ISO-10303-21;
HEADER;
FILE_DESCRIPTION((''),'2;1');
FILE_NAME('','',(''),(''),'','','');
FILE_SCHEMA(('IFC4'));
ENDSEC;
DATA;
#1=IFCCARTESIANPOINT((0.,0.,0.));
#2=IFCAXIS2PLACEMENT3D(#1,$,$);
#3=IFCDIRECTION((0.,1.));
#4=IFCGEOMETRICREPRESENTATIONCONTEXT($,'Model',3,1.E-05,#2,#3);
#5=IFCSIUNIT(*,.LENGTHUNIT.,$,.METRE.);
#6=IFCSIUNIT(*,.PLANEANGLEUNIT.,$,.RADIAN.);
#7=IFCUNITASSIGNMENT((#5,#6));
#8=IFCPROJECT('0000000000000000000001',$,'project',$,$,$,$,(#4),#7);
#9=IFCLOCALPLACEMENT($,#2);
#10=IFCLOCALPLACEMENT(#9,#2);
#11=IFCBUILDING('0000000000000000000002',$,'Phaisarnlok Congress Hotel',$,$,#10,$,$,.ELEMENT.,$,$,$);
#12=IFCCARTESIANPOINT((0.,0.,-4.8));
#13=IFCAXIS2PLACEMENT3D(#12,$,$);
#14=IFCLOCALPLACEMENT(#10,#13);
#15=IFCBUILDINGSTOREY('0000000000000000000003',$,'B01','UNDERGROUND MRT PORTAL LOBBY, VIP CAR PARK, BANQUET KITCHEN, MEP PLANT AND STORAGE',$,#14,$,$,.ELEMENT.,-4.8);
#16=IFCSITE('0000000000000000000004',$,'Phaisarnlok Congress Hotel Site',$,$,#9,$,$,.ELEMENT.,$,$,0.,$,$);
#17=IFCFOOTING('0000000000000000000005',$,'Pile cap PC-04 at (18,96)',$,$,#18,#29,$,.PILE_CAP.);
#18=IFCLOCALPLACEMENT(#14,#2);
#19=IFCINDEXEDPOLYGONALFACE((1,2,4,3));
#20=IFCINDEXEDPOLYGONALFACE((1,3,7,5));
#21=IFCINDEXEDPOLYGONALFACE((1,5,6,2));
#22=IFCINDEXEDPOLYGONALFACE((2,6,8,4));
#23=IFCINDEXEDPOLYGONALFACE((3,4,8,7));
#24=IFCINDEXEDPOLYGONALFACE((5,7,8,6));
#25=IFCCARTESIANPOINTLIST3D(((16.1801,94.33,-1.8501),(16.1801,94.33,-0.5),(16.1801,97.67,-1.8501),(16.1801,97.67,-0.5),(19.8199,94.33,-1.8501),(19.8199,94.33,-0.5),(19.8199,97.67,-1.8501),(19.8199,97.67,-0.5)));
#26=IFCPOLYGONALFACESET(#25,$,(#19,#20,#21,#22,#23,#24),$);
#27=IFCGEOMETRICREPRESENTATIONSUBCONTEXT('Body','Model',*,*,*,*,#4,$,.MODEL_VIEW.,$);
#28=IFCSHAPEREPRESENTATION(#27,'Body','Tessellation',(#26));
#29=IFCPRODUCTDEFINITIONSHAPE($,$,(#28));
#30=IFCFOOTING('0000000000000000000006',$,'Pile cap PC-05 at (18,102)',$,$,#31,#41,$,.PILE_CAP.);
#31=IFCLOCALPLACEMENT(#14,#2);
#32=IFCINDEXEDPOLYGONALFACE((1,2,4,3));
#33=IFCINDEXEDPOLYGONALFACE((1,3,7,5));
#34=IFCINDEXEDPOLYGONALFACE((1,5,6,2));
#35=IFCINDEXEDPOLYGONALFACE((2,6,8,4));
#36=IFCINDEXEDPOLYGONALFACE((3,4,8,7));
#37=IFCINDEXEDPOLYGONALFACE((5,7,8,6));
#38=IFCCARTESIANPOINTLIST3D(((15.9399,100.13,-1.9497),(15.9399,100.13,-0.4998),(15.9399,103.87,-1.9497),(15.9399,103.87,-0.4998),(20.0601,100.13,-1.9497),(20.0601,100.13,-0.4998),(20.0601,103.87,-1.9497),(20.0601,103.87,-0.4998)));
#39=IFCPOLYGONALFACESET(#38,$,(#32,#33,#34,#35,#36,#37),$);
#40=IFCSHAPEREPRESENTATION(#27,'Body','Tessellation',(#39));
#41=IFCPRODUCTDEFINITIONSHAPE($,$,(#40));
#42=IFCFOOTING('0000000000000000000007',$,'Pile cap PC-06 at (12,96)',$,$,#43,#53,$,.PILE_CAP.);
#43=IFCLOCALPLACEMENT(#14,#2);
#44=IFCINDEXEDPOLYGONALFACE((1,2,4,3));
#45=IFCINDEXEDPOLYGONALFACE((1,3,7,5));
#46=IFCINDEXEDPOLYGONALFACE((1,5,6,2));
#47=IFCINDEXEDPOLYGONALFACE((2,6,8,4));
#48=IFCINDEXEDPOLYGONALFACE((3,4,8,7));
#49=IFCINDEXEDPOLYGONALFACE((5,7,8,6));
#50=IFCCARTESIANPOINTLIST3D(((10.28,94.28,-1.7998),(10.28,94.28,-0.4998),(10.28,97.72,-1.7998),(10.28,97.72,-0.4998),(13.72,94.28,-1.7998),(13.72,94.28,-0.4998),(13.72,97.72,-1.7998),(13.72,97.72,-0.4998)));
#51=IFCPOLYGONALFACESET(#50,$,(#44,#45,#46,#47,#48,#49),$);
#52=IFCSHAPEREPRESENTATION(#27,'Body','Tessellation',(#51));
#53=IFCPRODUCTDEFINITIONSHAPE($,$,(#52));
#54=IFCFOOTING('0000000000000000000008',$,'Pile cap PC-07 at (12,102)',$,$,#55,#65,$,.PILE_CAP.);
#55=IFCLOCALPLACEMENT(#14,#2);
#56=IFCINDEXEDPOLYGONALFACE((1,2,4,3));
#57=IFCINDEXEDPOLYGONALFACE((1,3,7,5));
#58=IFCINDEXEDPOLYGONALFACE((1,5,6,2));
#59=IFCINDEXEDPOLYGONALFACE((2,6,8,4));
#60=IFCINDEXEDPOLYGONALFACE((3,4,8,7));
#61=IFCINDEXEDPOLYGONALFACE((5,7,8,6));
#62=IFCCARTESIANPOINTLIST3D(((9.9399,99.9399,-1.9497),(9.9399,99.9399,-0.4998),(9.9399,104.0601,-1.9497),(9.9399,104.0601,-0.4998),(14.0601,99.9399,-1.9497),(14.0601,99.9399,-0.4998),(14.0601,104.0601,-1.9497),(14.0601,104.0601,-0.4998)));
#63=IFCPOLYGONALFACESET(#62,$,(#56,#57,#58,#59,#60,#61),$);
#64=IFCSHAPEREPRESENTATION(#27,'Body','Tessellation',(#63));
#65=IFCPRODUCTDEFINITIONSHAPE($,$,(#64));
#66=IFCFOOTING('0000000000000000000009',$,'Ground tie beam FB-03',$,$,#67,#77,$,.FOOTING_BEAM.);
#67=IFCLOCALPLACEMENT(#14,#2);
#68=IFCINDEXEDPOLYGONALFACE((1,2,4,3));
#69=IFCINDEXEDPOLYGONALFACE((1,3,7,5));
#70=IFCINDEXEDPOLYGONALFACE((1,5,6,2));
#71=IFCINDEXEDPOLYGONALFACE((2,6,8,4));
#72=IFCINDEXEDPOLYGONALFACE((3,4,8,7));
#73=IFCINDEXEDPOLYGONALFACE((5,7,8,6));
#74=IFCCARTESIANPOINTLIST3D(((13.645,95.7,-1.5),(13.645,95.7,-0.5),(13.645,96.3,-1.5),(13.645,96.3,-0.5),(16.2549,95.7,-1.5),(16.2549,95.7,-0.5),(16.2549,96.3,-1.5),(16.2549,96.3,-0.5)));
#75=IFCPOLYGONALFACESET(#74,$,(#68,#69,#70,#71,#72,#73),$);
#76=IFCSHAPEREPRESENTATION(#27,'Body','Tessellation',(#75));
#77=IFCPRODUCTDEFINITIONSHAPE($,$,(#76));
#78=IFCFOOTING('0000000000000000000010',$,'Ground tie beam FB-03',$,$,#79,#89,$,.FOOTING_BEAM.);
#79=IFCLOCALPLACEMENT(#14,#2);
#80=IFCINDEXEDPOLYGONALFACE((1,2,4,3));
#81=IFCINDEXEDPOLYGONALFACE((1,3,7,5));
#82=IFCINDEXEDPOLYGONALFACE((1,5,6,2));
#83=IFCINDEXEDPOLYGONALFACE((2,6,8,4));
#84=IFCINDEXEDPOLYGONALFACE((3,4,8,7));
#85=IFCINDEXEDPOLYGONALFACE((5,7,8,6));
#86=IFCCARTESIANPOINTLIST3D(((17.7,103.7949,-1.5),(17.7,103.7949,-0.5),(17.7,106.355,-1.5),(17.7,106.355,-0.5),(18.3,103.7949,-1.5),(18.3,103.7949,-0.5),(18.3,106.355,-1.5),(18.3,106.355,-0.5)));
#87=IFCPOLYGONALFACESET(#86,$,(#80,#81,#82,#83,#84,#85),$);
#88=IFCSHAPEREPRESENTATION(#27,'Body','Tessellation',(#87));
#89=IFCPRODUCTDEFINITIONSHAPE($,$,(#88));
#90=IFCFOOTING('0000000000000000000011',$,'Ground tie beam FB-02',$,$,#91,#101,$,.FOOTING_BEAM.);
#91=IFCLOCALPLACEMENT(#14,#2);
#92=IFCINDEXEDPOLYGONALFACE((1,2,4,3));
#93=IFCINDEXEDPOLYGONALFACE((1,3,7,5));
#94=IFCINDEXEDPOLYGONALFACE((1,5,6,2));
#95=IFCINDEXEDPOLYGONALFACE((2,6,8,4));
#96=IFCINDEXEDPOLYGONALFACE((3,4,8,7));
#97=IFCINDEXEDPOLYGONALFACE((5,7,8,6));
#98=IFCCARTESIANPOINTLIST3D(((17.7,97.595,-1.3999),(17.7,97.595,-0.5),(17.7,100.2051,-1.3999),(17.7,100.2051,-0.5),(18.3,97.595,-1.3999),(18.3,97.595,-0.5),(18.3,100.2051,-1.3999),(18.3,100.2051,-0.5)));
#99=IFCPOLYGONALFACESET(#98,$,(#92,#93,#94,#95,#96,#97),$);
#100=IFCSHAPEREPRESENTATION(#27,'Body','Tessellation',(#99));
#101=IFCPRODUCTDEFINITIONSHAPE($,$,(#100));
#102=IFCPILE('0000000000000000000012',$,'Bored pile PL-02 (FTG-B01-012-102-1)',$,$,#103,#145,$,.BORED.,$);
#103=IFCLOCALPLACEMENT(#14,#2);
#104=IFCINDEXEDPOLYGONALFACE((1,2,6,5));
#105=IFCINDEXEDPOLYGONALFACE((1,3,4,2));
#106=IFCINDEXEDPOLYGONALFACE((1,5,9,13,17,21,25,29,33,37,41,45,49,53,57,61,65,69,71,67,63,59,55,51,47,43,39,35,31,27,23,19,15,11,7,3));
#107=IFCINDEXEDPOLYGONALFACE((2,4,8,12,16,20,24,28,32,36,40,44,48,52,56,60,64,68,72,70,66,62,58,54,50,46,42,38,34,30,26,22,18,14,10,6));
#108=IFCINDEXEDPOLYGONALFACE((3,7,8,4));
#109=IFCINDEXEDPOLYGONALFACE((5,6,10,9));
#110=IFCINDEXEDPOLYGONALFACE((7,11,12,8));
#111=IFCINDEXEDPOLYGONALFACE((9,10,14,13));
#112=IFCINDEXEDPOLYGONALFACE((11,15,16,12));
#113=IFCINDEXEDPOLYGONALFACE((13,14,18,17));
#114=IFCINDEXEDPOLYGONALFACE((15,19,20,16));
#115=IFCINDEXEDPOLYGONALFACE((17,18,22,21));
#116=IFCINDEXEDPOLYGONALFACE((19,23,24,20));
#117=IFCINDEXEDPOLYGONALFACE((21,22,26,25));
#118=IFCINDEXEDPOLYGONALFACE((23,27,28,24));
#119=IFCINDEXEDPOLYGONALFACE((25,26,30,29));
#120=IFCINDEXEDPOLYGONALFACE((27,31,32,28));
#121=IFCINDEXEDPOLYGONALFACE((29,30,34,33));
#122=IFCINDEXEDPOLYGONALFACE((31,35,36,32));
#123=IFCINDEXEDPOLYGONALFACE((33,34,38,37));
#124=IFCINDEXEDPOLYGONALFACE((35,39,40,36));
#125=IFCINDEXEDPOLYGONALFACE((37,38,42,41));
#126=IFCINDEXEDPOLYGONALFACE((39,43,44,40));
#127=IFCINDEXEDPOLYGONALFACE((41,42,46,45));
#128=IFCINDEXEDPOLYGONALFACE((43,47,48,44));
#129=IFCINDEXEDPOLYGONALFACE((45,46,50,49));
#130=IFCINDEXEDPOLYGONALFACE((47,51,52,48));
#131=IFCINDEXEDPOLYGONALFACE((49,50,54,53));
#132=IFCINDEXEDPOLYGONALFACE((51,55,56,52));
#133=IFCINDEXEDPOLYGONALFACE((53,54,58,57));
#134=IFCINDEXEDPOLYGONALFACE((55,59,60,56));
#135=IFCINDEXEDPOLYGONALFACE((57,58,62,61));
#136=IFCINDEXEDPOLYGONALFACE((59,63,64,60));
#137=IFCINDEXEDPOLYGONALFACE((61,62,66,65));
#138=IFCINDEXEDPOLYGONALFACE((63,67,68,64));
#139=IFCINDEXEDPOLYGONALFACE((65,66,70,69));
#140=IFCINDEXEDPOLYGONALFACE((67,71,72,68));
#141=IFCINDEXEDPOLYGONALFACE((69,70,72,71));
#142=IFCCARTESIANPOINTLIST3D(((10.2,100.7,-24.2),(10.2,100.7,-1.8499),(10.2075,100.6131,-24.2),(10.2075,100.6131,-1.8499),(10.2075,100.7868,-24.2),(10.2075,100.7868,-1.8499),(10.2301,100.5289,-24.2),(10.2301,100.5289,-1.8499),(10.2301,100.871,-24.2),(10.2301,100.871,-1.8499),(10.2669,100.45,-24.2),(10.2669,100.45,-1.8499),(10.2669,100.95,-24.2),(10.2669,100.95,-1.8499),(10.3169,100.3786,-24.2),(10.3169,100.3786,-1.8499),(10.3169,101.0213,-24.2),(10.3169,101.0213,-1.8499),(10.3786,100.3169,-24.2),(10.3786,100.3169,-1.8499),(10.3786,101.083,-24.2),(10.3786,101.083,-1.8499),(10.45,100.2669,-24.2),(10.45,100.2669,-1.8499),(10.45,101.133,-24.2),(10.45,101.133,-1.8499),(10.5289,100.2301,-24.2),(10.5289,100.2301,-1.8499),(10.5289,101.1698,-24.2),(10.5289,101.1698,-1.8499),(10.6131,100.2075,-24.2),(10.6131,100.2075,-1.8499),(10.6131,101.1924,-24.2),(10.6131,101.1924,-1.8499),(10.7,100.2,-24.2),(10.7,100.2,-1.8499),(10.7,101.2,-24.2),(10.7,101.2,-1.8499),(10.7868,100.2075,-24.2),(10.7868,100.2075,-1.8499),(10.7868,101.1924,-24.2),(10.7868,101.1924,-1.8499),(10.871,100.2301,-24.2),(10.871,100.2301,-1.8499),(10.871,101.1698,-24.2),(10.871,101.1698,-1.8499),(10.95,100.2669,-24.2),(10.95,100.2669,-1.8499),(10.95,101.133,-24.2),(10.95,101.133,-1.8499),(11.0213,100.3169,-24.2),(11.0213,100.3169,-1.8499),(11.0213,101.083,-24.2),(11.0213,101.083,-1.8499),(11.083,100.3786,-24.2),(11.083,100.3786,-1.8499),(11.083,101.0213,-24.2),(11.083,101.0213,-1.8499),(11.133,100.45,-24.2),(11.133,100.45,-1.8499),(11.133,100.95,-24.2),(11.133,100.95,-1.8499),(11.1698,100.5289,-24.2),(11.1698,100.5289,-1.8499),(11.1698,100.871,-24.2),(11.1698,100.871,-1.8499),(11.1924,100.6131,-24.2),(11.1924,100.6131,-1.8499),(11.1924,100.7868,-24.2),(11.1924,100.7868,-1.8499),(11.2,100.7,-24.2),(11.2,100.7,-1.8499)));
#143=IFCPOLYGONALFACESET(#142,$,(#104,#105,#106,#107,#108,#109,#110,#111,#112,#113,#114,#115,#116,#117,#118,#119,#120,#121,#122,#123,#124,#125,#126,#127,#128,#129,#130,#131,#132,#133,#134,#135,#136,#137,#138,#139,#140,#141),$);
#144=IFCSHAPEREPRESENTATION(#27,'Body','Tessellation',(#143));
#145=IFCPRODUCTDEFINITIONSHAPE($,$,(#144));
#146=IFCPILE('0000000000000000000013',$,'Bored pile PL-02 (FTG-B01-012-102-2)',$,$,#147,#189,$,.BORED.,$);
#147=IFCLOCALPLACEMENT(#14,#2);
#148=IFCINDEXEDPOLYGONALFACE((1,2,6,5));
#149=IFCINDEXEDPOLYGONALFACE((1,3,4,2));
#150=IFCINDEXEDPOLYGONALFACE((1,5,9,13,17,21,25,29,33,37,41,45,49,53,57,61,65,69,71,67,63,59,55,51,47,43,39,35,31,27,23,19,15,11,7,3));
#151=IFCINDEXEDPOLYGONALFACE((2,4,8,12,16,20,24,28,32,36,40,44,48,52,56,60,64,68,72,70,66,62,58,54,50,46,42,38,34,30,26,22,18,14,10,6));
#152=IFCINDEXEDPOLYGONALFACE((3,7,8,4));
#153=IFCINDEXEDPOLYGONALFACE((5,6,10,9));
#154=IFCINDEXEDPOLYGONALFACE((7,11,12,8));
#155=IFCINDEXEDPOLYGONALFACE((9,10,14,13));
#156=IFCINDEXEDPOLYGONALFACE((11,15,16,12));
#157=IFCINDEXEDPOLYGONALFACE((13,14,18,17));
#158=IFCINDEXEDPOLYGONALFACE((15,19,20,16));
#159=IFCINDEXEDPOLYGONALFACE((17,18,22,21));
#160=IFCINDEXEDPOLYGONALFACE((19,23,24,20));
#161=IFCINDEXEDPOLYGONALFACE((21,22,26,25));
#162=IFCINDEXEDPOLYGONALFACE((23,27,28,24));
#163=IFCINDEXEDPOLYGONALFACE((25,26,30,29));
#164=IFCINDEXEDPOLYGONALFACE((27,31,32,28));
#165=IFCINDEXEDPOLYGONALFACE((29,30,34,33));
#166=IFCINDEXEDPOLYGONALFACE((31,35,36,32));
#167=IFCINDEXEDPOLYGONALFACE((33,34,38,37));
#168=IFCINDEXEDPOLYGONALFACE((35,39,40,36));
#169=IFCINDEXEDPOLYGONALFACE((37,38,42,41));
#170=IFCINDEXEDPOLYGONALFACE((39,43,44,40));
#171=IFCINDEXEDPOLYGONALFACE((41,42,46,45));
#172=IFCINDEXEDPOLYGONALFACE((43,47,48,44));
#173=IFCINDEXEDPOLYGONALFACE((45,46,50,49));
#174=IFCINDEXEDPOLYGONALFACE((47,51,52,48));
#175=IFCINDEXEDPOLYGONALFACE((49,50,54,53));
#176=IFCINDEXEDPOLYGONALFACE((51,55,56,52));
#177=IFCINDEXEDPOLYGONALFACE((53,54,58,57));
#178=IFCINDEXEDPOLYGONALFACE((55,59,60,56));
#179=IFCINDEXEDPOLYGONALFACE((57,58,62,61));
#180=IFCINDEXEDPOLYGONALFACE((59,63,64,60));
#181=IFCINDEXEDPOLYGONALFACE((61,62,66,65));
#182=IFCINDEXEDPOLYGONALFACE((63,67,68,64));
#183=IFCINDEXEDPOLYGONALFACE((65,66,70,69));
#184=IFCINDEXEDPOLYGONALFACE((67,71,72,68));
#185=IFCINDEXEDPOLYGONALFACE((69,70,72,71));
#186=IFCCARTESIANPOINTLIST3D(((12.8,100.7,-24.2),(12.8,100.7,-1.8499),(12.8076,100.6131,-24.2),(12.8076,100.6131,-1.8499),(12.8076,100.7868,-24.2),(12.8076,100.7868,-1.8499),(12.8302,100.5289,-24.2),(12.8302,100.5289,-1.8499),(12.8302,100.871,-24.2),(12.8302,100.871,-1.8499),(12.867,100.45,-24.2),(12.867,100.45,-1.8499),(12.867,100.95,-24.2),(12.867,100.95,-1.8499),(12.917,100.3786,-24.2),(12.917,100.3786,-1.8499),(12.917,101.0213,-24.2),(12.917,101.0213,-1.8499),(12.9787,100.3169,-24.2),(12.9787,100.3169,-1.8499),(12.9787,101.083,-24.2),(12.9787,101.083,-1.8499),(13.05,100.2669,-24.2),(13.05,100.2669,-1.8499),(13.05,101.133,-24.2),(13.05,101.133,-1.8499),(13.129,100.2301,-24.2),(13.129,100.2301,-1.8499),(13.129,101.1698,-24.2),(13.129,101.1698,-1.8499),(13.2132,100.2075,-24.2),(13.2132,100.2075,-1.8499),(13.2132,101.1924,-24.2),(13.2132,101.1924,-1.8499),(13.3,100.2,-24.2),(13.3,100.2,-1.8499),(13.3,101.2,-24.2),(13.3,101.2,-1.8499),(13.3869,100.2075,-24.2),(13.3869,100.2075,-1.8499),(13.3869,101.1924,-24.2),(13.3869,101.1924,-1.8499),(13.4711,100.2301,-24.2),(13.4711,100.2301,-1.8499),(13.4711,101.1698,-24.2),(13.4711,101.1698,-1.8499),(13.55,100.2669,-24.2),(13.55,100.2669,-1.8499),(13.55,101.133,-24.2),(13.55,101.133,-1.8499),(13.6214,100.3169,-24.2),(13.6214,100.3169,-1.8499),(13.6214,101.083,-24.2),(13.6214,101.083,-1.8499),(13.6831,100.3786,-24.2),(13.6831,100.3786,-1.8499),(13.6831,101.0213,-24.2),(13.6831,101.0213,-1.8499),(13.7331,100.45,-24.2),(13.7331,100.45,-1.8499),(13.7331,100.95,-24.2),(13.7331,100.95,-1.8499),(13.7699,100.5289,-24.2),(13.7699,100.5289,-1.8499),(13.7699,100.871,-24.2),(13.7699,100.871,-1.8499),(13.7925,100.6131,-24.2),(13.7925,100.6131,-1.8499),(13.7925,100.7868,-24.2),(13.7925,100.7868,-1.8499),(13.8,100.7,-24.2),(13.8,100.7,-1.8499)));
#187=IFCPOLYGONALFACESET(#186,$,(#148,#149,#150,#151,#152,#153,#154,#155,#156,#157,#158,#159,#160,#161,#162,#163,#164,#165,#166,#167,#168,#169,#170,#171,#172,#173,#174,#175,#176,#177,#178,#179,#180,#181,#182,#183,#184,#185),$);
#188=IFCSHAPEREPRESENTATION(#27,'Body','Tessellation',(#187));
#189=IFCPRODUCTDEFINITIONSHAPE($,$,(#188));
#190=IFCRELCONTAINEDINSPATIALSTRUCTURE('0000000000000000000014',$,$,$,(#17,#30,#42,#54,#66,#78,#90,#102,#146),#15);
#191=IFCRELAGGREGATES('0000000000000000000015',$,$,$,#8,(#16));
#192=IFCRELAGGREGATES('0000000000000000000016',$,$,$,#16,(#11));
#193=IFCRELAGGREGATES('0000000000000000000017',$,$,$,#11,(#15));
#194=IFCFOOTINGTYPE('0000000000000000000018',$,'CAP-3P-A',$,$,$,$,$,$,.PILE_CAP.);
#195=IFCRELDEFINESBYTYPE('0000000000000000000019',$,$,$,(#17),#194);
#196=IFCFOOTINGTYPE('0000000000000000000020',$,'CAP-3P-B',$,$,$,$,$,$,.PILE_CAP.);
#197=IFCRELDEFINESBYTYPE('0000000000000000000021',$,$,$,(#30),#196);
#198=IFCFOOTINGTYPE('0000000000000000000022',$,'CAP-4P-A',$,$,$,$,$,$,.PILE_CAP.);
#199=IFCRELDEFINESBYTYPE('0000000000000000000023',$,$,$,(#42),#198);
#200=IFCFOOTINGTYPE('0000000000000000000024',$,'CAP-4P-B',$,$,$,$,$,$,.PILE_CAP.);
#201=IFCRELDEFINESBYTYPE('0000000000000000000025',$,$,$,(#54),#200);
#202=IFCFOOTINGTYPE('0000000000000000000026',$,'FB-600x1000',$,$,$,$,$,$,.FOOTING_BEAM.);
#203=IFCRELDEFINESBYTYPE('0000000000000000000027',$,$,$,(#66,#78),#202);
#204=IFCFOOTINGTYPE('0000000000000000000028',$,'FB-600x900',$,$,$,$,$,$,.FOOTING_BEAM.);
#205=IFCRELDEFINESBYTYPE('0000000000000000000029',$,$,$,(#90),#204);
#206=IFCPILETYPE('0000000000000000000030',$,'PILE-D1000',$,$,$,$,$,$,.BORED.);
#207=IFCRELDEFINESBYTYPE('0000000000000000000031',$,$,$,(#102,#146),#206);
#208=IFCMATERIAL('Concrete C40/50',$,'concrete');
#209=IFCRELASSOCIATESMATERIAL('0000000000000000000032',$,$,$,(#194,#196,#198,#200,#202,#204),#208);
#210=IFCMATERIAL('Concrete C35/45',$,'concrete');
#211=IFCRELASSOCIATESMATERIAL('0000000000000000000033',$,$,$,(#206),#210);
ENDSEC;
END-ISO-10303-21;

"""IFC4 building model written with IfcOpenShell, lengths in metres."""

from ifc_helpers import new_model, si_unit, direction, frame, origin, origin_2d, place, context, subcontext, project, spatial, rectangle, circle, extrude, material, material_profile, profile_set, type_object, element, save


model = new_model("IFC4")

# Units and contexts
model_context = context("Model", 3, precision=1e-05, world=origin(), true_north=direction((0.0, 1.0)))
body_context = subcontext(model_context, "Body", "Model", "MODEL_VIEW")
ifc_project = project(units=[si_unit("LENGTHUNIT", "METRE"), si_unit("PLANEANGLEUNIT", "RADIAN")], contexts=[model_context])

# Site, building, storey
site_placement = place(None, origin())
site = spatial("IfcSite", under=ifc_project, at=site_placement, Name="Phaisarnlok Congress Hotel Site", CompositionType="ELEMENT", RefElevation=0.0)
building_placement = place(site_placement, origin())
building = spatial("IfcBuilding", under=site, at=building_placement, Name="Phaisarnlok Congress Hotel", CompositionType="ELEMENT")
storey_placement = place(building_placement, frame((0.0, 0.0, -4.8)))
storey = spatial("IfcBuildingStorey", under=building, at=storey_placement, Name="B01", Description="UNDERGROUND MRT PORTAL LOBBY, VIP CAR PARK, BANQUET KITCHEN, MEP PLANT AND STORAGE", CompositionType="ELEMENT", Elevation=-4.8)

# Footings
ifc_material_1 = material(Name="Concrete C40/50", Category="concrete")
footing_type_1 = type_object("IfcFootingType", Name="CAP-3P-A", PredefinedType="PILE_CAP", material=ifc_material_1)
footing_1_placement = place(storey_placement, frame((18.0, 96.0, -1.8501), z_axis=(0.0, 0.0, 1.0), x_axis=(1.0, 0.0, 0.0)))
element("IfcFooting", 1, at=footing_1_placement, inside=storey, type_object=footing_type_1, Name="Pile cap PC-04 at (18,96)", PredefinedType="PILE_CAP", context=body_context, shape_type="SweptSolid", body=[
    extrude(rectangle(XDim=3.6399, YDim=3.3401, at=origin_2d()), origin(), (0.0, 0.0, 1.0), 1.3501),
])
footing_type_2 = type_object("IfcFootingType", Name="CAP-3P-B", PredefinedType="PILE_CAP", material=ifc_material_1)
footing_2_placement = place(storey_placement, frame((18.0, 102.0, -1.9497), z_axis=(0.0, 0.0, 1.0), x_axis=(1.0, 0.0, 0.0)))
element("IfcFooting", 2, at=footing_2_placement, inside=storey, type_object=footing_type_2, Name="Pile cap PC-05 at (18,102)", PredefinedType="PILE_CAP", context=body_context, shape_type="SweptSolid", body=[
    extrude(rectangle(XDim=4.1201, YDim=3.74, at=origin_2d()), origin(), (0.0, 0.0, 1.0), 1.45),
])
footing_type_3 = type_object("IfcFootingType", Name="CAP-4P-A", PredefinedType="PILE_CAP", material=ifc_material_1)
footing_3_placement = place(storey_placement, frame((12.0, 96.0, -1.7998), z_axis=(0.0, 0.0, 1.0), x_axis=(1.0, 0.0, 0.0)))
element("IfcFooting", 3, at=footing_3_placement, inside=storey, type_object=footing_type_3, Name="Pile cap PC-06 at (12,96)", PredefinedType="PILE_CAP", context=body_context, shape_type="SweptSolid", body=[
    extrude(rectangle(XDim=3.4399, YDim=3.4399, at=origin_2d()), origin(), (0.0, 0.0, 1.0), 1.3),
])
footing_type_4 = type_object("IfcFootingType", Name="CAP-4P-B", PredefinedType="PILE_CAP", material=ifc_material_1)
footing_4_placement = place(storey_placement, frame((12.0, 102.0, -1.9497), z_axis=(0.0, 0.0, 1.0), x_axis=(1.0, 0.0, 0.0)))
element("IfcFooting", 4, at=footing_4_placement, inside=storey, type_object=footing_type_4, Name="Pile cap PC-07 at (12,102)", PredefinedType="PILE_CAP", context=body_context, shape_type="SweptSolid", body=[
    extrude(rectangle(XDim=4.1201, YDim=4.1201, at=origin_2d()), origin(), (0.0, 0.0, 1.0), 1.45),
])
ifc_material_profile_1 = material_profile(ifc_material_1, rectangle(XDim=0.6001, YDim=1.0, at=origin_2d()), Name="FB-600x1000")
ifc_profile_set_1 = profile_set([ifc_material_profile_1], Name="Concrete C40/50")
footing_type_5 = type_object("IfcFootingType", Name="FB-600x1000", PredefinedType="FOOTING_BEAM", material=ifc_profile_set_1)
footing_5_placement = place(storey_placement, frame((13.645, 96.0, -1.0), z_axis=(1.0, 0.0, 0.0), x_axis=(0.0, 1.0, 0.0)))
element("IfcFooting", 5, at=footing_5_placement, inside=storey, type_object=footing_type_5, Name="Ground tie beam FB-03", PredefinedType="FOOTING_BEAM", context=body_context, shape_type="SweptSolid", body=[
    extrude(rectangle(XDim=0.6001, YDim=1.0, at=origin_2d()), origin(), (0.0, 0.0, 1.0), 2.6099),
])
footing_6_placement = place(storey_placement, frame((18.0, 103.7949, -1.0), z_axis=(0.0, 1.0, 0.0), x_axis=(-1.0, 0.0, 0.0)))
element("IfcFooting", 6, at=footing_6_placement, inside=storey, type_object=footing_type_5, Name="Ground tie beam FB-03", PredefinedType="FOOTING_BEAM", context=body_context, shape_type="SweptSolid", body=[
    extrude(rectangle(XDim=0.6001, YDim=1.0, at=origin_2d()), origin(), (0.0, 0.0, 1.0), 2.5601),
])
ifc_material_profile_2 = material_profile(ifc_material_1, rectangle(XDim=0.6001, YDim=0.8999, at=origin_2d()), Name="FB-600x900")
ifc_profile_set_2 = profile_set([ifc_material_profile_2], Name="Concrete C40/50")
footing_type_6 = type_object("IfcFootingType", Name="FB-600x900", PredefinedType="FOOTING_BEAM", material=ifc_profile_set_2)
footing_7_placement = place(storey_placement, frame((18.0, 97.595, -0.95), z_axis=(0.0, 1.0, 0.0), x_axis=(-1.0, 0.0, 0.0)))
element("IfcFooting", 7, at=footing_7_placement, inside=storey, type_object=footing_type_6, Name="Ground tie beam FB-02", PredefinedType="FOOTING_BEAM", context=body_context, shape_type="SweptSolid", body=[
    extrude(rectangle(XDim=0.6001, YDim=0.8999, at=origin_2d()), origin(), (0.0, 0.0, 1.0), 2.6101),
])

# Piles
ifc_material_2 = material(Name="Concrete C35/45", Category="concrete")
ifc_material_profile_3 = material_profile(ifc_material_2, circle(Radius=0.5, at=origin_2d()), Name="BORED PILE D1000")
ifc_profile_set_3 = profile_set([ifc_material_profile_3], Name="Concrete C35/45")
pile_type_1 = type_object("IfcPileType", Name="PILE-D1000", PredefinedType="BORED", material=ifc_profile_set_3)
for number, where, z_axis, x_axis, name in (
    (8, (10.7, 100.7, -1.8499), (0.0, 0.0, -1.0), (1.0, 0.0, 0.0), "Bored pile PL-02 (FTG-B01-012-102-1)"),
    (9, (13.3, 100.7, -1.8499), (0.0, 0.0, -1.0), (1.0, 0.0, 0.0), "Bored pile PL-02 (FTG-B01-012-102-2)"),
):
    element("IfcPile", number, at=place(storey_placement, frame(where, z_axis=z_axis, x_axis=x_axis)), inside=storey, type_object=pile_type_1, Name=name, PredefinedType="BORED", context=body_context, shape_type="SweptSolid", body=[
        extrude(circle(Radius=0.5, at=origin_2d()), origin(), (0.0, 0.0, 1.0), 22.3501),
    ])

save(model, "model.ifc")
